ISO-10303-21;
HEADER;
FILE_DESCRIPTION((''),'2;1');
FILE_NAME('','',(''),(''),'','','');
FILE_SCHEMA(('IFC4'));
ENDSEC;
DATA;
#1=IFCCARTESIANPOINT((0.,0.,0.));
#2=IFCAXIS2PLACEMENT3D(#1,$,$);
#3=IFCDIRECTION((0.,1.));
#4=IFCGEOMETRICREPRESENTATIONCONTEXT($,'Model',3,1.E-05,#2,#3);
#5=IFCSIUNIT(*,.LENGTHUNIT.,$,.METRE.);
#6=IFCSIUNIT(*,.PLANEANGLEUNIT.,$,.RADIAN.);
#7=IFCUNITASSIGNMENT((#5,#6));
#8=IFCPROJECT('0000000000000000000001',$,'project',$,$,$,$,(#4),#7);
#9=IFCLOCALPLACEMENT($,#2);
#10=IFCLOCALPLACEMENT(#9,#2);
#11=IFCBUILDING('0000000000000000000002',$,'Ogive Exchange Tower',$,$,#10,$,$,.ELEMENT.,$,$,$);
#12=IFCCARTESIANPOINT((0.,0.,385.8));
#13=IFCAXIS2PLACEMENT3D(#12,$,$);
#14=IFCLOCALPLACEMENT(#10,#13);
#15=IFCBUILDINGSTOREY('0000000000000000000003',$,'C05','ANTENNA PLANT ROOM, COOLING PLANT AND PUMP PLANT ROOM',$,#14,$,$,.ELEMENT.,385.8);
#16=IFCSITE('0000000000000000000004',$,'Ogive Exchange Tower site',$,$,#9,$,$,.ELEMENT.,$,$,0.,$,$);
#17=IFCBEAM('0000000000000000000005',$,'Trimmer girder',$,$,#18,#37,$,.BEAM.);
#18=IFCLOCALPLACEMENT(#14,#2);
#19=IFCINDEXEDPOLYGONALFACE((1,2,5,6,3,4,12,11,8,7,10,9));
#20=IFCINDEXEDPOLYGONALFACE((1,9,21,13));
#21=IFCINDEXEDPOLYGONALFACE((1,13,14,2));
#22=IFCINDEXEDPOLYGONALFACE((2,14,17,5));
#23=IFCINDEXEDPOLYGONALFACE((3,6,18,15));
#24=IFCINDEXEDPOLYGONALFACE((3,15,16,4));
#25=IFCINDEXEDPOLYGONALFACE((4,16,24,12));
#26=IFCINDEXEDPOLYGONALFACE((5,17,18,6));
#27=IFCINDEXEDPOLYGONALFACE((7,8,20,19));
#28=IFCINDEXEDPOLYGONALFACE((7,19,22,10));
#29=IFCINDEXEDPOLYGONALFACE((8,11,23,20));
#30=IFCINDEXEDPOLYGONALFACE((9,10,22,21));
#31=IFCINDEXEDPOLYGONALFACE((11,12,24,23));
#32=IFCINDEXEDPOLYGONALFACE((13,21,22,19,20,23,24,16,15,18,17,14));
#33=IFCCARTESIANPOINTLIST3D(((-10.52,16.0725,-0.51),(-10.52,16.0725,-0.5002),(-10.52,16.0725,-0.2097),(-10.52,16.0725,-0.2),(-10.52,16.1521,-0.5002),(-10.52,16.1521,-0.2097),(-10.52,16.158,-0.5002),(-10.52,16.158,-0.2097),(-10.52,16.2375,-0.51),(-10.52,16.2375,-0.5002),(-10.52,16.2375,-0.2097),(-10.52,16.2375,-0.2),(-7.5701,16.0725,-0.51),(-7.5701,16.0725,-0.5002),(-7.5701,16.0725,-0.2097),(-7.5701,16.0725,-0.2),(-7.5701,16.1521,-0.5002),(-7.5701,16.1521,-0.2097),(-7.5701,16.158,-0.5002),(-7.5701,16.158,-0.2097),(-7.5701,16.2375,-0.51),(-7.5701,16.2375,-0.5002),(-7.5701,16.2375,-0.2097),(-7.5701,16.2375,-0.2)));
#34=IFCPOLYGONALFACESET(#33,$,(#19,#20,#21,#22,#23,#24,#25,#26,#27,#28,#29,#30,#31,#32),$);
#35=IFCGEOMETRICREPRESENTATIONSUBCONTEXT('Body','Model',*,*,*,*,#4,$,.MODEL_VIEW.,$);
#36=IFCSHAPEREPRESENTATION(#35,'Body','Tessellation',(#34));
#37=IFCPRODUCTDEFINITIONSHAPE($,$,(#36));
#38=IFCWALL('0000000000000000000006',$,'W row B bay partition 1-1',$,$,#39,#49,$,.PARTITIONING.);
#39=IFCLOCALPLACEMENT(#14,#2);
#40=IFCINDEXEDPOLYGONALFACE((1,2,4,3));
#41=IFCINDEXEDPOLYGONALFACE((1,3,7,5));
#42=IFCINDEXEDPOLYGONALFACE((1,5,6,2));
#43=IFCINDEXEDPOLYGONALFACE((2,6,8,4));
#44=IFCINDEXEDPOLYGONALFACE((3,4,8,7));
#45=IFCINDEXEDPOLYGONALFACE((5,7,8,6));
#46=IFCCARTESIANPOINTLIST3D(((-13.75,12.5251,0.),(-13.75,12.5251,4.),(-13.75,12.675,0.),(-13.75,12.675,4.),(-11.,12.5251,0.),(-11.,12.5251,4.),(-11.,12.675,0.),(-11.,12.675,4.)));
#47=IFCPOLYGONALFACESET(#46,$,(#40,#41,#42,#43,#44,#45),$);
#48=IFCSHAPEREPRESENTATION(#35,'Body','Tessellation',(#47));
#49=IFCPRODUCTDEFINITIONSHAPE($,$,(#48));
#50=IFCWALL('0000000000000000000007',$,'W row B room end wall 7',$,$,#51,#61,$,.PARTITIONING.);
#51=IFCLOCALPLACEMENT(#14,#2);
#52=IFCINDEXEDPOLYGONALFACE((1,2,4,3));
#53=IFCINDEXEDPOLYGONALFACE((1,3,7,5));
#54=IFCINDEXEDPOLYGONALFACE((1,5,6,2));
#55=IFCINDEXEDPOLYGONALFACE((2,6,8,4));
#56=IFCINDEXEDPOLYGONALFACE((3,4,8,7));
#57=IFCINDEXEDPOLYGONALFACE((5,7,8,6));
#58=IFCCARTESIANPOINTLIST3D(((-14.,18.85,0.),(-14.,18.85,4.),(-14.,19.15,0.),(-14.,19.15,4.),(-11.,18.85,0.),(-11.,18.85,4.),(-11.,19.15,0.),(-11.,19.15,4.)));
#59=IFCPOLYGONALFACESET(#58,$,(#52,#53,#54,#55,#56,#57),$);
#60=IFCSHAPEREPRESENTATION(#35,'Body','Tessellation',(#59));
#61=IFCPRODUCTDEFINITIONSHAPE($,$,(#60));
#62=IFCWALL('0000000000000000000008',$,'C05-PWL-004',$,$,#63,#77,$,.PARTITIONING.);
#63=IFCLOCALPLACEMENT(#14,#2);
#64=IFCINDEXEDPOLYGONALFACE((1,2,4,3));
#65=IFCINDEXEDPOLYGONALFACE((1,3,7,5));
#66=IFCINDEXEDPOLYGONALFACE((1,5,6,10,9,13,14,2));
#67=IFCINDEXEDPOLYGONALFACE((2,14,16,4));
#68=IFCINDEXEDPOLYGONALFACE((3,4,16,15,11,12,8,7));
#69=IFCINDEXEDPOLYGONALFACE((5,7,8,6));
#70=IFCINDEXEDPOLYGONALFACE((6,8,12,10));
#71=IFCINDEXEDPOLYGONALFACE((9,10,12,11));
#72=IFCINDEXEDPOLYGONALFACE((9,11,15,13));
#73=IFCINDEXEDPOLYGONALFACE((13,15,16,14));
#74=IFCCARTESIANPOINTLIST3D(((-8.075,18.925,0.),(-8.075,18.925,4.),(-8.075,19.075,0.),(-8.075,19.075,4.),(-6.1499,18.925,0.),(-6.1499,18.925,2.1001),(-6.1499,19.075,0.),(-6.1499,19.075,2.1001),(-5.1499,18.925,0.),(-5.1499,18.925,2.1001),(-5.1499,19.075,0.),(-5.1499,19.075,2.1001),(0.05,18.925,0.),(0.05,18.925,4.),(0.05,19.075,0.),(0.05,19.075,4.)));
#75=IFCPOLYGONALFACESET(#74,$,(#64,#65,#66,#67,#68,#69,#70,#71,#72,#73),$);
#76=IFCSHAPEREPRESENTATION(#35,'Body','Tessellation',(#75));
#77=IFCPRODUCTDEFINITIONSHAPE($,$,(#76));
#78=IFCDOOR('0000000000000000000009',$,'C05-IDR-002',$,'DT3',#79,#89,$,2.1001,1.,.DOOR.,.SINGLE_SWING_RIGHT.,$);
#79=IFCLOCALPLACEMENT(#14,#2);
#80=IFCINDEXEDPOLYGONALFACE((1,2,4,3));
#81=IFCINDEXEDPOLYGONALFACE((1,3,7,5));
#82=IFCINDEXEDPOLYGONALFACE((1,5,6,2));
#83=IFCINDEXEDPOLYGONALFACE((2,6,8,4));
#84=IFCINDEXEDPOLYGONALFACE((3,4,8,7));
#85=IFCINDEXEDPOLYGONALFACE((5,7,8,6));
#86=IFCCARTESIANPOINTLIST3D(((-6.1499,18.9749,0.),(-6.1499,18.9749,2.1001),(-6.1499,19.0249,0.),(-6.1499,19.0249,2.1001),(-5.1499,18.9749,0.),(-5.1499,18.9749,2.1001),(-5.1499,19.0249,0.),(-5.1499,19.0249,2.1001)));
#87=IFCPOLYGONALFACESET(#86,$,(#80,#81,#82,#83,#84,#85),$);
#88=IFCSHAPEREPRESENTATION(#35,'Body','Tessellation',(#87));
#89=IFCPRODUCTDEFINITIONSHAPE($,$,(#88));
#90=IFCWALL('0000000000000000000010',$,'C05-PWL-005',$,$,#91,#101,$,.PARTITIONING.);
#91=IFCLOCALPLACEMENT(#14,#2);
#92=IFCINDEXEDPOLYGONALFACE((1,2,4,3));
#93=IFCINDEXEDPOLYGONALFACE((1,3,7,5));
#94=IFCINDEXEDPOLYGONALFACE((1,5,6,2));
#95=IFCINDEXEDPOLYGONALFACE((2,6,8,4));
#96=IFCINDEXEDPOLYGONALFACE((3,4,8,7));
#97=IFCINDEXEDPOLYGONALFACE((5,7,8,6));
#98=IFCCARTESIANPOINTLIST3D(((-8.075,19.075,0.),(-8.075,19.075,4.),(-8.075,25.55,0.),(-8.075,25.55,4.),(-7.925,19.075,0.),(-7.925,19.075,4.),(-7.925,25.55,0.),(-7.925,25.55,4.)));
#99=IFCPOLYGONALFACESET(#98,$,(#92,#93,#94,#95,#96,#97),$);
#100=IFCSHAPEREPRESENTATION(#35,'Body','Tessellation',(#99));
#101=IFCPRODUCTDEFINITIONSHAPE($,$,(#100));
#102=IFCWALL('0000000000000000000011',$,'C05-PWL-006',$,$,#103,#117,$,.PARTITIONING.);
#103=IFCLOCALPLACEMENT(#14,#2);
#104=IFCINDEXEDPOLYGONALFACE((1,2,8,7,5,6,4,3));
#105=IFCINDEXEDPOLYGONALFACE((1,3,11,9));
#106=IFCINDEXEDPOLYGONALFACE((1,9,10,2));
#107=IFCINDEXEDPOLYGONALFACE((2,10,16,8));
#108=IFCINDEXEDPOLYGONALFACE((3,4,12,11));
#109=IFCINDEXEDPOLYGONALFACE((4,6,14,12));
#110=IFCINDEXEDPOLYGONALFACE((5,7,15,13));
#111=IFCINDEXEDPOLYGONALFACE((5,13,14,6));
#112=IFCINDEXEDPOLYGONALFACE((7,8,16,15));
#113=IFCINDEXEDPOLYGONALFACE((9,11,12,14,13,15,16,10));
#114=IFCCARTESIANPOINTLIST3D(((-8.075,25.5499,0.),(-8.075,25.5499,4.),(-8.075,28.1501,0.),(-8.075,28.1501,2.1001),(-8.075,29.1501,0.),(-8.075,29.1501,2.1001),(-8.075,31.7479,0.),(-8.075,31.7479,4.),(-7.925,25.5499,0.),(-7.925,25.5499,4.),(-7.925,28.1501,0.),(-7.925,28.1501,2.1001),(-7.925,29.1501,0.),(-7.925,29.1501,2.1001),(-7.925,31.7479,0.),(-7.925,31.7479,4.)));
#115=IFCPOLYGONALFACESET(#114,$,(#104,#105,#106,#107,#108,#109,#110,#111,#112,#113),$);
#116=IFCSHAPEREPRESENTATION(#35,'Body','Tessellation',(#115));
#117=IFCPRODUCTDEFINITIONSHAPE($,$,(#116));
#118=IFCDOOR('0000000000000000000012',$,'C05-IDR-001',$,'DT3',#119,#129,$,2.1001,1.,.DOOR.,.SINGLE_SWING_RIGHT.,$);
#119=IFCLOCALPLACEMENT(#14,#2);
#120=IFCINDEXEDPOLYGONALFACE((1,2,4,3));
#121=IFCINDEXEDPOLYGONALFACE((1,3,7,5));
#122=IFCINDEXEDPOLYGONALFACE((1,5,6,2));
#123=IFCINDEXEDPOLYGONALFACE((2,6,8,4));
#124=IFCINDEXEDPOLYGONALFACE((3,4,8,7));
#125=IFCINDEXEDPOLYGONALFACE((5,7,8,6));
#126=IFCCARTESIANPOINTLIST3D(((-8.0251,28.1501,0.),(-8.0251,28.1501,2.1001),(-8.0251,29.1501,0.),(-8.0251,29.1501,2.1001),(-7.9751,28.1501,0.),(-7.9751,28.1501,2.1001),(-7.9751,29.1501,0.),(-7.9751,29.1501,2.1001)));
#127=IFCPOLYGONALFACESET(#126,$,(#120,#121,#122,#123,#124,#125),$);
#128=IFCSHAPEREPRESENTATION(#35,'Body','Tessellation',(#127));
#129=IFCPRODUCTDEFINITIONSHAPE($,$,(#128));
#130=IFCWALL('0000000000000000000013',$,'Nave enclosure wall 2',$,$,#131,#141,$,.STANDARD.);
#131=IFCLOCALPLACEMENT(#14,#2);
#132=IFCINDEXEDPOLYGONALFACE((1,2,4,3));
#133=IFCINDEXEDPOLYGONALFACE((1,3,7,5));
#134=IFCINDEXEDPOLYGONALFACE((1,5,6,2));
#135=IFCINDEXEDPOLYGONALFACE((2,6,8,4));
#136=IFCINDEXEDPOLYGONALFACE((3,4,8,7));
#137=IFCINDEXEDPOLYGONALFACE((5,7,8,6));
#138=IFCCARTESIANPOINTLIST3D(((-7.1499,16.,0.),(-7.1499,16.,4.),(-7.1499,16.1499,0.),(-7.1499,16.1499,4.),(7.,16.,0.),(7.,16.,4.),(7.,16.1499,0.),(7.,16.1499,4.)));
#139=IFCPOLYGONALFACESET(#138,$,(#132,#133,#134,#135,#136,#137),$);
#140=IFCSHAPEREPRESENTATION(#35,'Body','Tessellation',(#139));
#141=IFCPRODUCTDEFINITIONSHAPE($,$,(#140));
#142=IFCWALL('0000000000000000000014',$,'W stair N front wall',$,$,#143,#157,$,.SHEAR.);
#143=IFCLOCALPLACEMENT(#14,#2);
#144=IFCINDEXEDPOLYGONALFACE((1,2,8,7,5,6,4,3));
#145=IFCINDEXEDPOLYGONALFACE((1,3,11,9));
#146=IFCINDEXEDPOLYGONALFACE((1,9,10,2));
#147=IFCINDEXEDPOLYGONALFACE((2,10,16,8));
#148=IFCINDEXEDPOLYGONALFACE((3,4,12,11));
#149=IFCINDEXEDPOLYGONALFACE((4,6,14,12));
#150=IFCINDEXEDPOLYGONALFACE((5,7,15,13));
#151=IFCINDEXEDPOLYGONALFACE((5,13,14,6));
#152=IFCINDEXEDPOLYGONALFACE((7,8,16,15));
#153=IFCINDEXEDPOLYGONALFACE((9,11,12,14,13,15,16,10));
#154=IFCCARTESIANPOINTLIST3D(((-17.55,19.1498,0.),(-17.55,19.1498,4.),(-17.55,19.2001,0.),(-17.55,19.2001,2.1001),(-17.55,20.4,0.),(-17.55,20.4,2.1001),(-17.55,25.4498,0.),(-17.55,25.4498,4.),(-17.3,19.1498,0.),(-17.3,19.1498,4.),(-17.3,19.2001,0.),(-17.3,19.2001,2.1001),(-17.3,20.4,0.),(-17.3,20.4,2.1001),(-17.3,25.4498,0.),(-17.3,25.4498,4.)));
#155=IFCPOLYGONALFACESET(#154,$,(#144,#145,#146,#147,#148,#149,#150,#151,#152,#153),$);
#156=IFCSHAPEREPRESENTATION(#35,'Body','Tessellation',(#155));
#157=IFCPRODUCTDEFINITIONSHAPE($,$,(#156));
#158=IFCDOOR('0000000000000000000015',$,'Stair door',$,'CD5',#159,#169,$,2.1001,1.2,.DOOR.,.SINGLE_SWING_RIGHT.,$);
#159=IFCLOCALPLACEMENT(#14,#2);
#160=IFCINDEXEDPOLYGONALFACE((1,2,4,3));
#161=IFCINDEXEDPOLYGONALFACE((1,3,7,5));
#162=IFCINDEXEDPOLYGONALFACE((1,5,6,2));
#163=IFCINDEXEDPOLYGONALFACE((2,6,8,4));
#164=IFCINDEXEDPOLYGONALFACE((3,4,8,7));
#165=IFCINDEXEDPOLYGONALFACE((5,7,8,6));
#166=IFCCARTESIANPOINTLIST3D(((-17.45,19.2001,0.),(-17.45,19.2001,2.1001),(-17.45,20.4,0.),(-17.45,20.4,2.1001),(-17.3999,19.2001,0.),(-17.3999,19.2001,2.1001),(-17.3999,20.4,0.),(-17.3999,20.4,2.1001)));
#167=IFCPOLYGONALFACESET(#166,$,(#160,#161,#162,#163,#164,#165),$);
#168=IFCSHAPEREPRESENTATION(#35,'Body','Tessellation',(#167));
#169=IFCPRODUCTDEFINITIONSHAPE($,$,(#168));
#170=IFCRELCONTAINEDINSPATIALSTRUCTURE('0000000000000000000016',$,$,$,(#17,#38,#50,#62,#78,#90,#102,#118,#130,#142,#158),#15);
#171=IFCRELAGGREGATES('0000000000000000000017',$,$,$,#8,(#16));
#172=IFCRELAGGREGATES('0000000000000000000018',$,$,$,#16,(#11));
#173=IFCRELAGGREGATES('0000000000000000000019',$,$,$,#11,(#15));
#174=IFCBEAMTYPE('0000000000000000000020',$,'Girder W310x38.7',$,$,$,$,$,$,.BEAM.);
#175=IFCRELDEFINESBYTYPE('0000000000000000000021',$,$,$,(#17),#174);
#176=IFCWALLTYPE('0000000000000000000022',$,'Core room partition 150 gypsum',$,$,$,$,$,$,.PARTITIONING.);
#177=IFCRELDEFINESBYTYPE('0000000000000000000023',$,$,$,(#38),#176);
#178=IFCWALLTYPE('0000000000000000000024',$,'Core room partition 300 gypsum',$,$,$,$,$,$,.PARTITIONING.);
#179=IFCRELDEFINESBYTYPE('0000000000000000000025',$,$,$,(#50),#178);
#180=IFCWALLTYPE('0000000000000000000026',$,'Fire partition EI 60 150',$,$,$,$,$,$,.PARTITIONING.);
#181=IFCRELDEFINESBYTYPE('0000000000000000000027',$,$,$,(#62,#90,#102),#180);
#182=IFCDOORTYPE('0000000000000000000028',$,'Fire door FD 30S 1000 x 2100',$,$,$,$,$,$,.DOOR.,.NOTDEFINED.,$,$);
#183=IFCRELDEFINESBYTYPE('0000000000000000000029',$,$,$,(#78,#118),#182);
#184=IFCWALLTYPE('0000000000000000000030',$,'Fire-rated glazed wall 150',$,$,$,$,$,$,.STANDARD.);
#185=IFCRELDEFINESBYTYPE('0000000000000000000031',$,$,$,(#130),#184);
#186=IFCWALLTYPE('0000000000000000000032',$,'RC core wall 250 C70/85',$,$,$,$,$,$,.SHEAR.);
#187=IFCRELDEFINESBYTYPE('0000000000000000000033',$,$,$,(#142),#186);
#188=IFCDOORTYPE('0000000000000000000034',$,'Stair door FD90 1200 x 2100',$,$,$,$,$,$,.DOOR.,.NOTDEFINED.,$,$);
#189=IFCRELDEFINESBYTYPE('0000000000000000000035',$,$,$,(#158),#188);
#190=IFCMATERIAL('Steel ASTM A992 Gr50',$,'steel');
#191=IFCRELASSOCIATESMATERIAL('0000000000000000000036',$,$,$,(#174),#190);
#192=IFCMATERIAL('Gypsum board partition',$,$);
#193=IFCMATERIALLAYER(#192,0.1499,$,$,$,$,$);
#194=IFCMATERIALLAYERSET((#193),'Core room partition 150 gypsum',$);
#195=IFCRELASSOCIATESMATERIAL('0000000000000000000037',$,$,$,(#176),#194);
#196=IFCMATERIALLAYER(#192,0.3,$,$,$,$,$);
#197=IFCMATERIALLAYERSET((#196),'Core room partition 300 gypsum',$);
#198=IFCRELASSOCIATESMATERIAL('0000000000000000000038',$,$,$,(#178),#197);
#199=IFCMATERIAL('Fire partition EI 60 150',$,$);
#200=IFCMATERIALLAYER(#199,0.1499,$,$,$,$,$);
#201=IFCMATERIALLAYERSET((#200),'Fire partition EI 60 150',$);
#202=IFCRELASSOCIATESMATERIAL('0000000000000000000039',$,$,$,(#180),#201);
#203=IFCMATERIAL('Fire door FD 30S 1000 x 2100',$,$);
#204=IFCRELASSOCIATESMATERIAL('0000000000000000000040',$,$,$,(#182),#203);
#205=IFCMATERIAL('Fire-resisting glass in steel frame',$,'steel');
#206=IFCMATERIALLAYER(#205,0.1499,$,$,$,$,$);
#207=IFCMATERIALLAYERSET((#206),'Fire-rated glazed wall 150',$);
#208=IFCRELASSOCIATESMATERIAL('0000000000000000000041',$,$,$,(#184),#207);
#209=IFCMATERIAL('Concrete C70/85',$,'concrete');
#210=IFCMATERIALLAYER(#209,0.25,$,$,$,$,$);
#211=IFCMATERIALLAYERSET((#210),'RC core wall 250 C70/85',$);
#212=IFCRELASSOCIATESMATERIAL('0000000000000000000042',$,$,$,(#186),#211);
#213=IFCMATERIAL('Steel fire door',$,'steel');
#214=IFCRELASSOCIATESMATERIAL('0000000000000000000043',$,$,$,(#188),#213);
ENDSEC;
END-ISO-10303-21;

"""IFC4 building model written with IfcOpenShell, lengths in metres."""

from ifc_helpers import new_model, si_unit, direction, frame, frame_2d, origin, origin_2d, place, context, subcontext, project, spatial, rectangle, i_section, extrude, material, layer, layer_set, material_profile, profile_set, type_object, element, fill, save


model = new_model("IFC4")

# Units and contexts
model_context = context("Model", 3, precision=1e-05, world=origin(), true_north=direction((0.0, 1.0)))
body_context = subcontext(model_context, "Body", "Model", "MODEL_VIEW")
ifc_project = project(units=[si_unit("LENGTHUNIT", "METRE"), si_unit("PLANEANGLEUNIT", "RADIAN")], contexts=[model_context])

# Site, building, storey
site_placement = place(None, origin())
site = spatial("IfcSite", under=ifc_project, at=site_placement, Name="Ogive Exchange Tower site", CompositionType="ELEMENT", RefElevation=0.0)
building_placement = place(site_placement, origin())
building = spatial("IfcBuilding", under=site, at=building_placement, Name="Ogive Exchange Tower", CompositionType="ELEMENT")
storey_placement = place(building_placement, frame((0.0, 0.0, 385.8)))
storey = spatial("IfcBuildingStorey", under=building, at=storey_placement, Name="C05", Description="ANTENNA PLANT ROOM, COOLING PLANT AND PUMP PLANT ROOM", CompositionType="ELEMENT", Elevation=385.8)

# Beam
ifc_material_1 = material(Name="Steel ASTM A992 Gr50", Category="steel")
ifc_material_profile_1 = material_profile(ifc_material_1, i_section(OverallWidth=0.165, OverallDepth=0.3101, WebThickness=0.0059, FlangeThickness=0.0098, at=origin_2d()), Name="W310x38.7")
ifc_profile_set_1 = profile_set([ifc_material_profile_1], Name="Steel ASTM A992 Gr50")
beam_type_1 = type_object("IfcBeamType", Name="Girder W310x38.7", PredefinedType="BEAM", material=ifc_profile_set_1)
beam_1_placement = place(storey_placement, frame((-10.52, 16.155, -0.355), z_axis=(1.0, 0.0, 0.0), x_axis=(0.0, 1.0, 0.0)))
element("IfcBeam", 1, at=beam_1_placement, inside=storey, type_object=beam_type_1, Name="Trimmer girder", PredefinedType="BEAM", context=body_context, shape_type="SweptSolid", body=[
    extrude(i_section(OverallWidth=0.165, OverallDepth=0.3101, WebThickness=0.0059, FlangeThickness=0.0098, at=origin_2d()), origin(), (0.0, 0.0, 1.0), 2.95),
])

# Walls
ifc_material_2 = material(Name="Gypsum board partition")
ifc_layer_1 = layer(ifc_material_2, 0.1499)
ifc_layer_set_1 = layer_set([ifc_layer_1], Name="Core room partition 150 gypsum")
wall_type_1 = type_object("IfcWallType", Name="Core room partition 150 gypsum", PredefinedType="PARTITIONING", material=ifc_layer_set_1)
wall_1_placement = place(storey_placement, frame((-13.75, 12.6001, 0.0), z_axis=(0.0, 0.0, 1.0), x_axis=(1.0, 0.0, 0.0)))
element("IfcWall", 2, at=wall_1_placement, inside=storey, type_object=wall_type_1, Name="W row B bay partition 1-1", PredefinedType="PARTITIONING", context=body_context, shape_type="SweptSolid", body=[
    extrude(rectangle(XDim=2.75, YDim=0.1499, at=frame_2d((1.375, 0.0))), origin(), (0.0, 0.0, 1.0), 4.0),
])
ifc_layer_2 = layer(ifc_material_2, 0.3)
ifc_layer_set_2 = layer_set([ifc_layer_2], Name="Core room partition 300 gypsum")
wall_type_2 = type_object("IfcWallType", Name="Core room partition 300 gypsum", PredefinedType="PARTITIONING", material=ifc_layer_set_2)
wall_2_placement = place(storey_placement, frame((-14.0, 19.0, 0.0), z_axis=(0.0, 0.0, 1.0), x_axis=(1.0, 0.0, 0.0)))
element("IfcWall", 3, at=wall_2_placement, inside=storey, type_object=wall_type_2, Name="W row B room end wall 7", PredefinedType="PARTITIONING", context=body_context, shape_type="SweptSolid", body=[
    extrude(rectangle(XDim=3.0, YDim=0.3, at=frame_2d((1.5, 0.0))), origin(), (0.0, 0.0, 1.0), 4.0),
])

# Wall, opening, door
ifc_material_3 = material(Name="Fire partition EI 60 150")
ifc_layer_3 = layer(ifc_material_3, 0.1499)
ifc_layer_set_3 = layer_set([ifc_layer_3], Name="Fire partition EI 60 150")
wall_type_3 = type_object("IfcWallType", Name="Fire partition EI 60 150", PredefinedType="PARTITIONING", material=ifc_layer_set_3)
wall_3_placement = place(storey_placement, frame((-8.075, 19.0, 0.0), z_axis=(0.0, 0.0, 1.0), x_axis=(1.0, 0.0, 0.0)))
wall_3 = element("IfcWall", 4, at=wall_3_placement, inside=storey, type_object=wall_type_3, Name="C05-PWL-004", PredefinedType="PARTITIONING", context=body_context, shape_type="SweptSolid", body=[
    extrude(rectangle(XDim=8.125, YDim=0.1499, at=frame_2d((4.0625, 0.0))), origin(), (0.0, 0.0, 1.0), 4.0),
])
opening_1_placement = place(wall_3_placement, frame((1.925, 0.0, 0.0)))
opening_1 = element("IfcOpeningElement", 5, at=opening_1_placement, cuts=wall_3, PredefinedType="OPENING", context=body_context, shape_type="SweptSolid", body=[
    extrude(rectangle(XDim=1.0, YDim=2.1001, at=frame_2d((0.5, 1.05))), frame((0.0, 0.085, 0.0), z_axis=(0.0, -1.0, 0.0), x_axis=(1.0, 0.0, 0.0)), (0.0, 0.0, 1.0), 0.1699),
])
ifc_material_4 = material(Name="Fire door FD 30S 1000 x 2100")
door_type_1 = type_object("IfcDoorType", Name="Fire door FD 30S 1000 x 2100", OperationType="NOTDEFINED", PredefinedType="DOOR", material=ifc_material_4)
door_1_placement = place(opening_1_placement, origin())
door_1 = element("IfcDoor", 6, at=door_1_placement, inside=storey, type_object=door_type_1, Name="C05-IDR-002", ObjectType="DT3", OperationType="SINGLE_SWING_RIGHT", OverallHeight=2.1001, OverallWidth=1.0, PredefinedType="DOOR", context=body_context, shape_type="SweptSolid", body=[
    extrude(rectangle(XDim=1.0, YDim=2.1001, at=frame_2d((0.5, 1.05))), frame((0.0, 0.0249, 0.0), z_axis=(0.0, -1.0, 0.0), x_axis=(1.0, 0.0, 0.0)), (0.0, 0.0, 1.0), 0.05),
])
fill(opening_1, door_1)

# Wall
wall_4_placement = place(storey_placement, frame((-8.0, 25.55, 0.0), z_axis=(0.0, 0.0, 1.0), x_axis=(0.0, -1.0, 0.0)))
element("IfcWall", 7, at=wall_4_placement, inside=storey, type_object=wall_type_3, Name="C05-PWL-005", PredefinedType="PARTITIONING", context=body_context, shape_type="SweptSolid", body=[
    extrude(rectangle(XDim=6.4751, YDim=0.1499, at=frame_2d((3.2375, 0.0))), origin(), (0.0, 0.0, 1.0), 4.0),
])

# Wall, opening, door
wall_5_placement = place(storey_placement, frame((-8.0, 31.748, 0.0), z_axis=(0.0, 0.0, 1.0), x_axis=(0.0, -1.0, 0.0)))
wall_5 = element("IfcWall", 8, at=wall_5_placement, inside=storey, type_object=wall_type_3, Name="C05-PWL-006", PredefinedType="PARTITIONING", context=body_context, shape_type="SweptSolid", body=[
    extrude(rectangle(XDim=6.198, YDim=0.1499, at=frame_2d((3.0991, 0.0))), origin(), (0.0, 0.0, 1.0), 4.0),
])
opening_2_placement = place(wall_5_placement, frame((2.5979, 0.0, 0.0)))
opening_2 = element("IfcOpeningElement", 9, at=opening_2_placement, cuts=wall_5, PredefinedType="OPENING", context=body_context, shape_type="SweptSolid", body=[
    extrude(rectangle(XDim=1.0, YDim=2.1001, at=frame_2d((0.5, 1.05))), frame((0.0, 0.085, 0.0), z_axis=(0.0, -1.0, 0.0), x_axis=(1.0, 0.0, 0.0)), (0.0, 0.0, 1.0), 0.1699),
])
door_2_placement = place(opening_2_placement, origin())
door_2 = element("IfcDoor", 10, at=door_2_placement, inside=storey, type_object=door_type_1, Name="C05-IDR-001", ObjectType="DT3", OperationType="SINGLE_SWING_RIGHT", OverallHeight=2.1001, OverallWidth=1.0, PredefinedType="DOOR", context=body_context, shape_type="SweptSolid", body=[
    extrude(rectangle(XDim=1.0, YDim=2.1001, at=frame_2d((0.5, 1.05))), frame((0.0, 0.0249, 0.0), z_axis=(0.0, -1.0, 0.0), x_axis=(1.0, 0.0, 0.0)), (0.0, 0.0, 1.0), 0.05),
])
fill(opening_2, door_2)

# Wall
ifc_material_5 = material(Name="Fire-resisting glass in steel frame", Category="steel")
ifc_layer_4 = layer(ifc_material_5, 0.1499)
ifc_layer_set_4 = layer_set([ifc_layer_4], Name="Fire-rated glazed wall 150")
wall_type_4 = type_object("IfcWallType", Name="Fire-rated glazed wall 150", PredefinedType="STANDARD", material=ifc_layer_set_4)
wall_6_placement = place(storey_placement, frame((-7.1499, 16.075, 0.0), z_axis=(0.0, 0.0, 1.0), x_axis=(1.0, 0.0, 0.0)))
element("IfcWall", 11, at=wall_6_placement, inside=storey, type_object=wall_type_4, Name="Nave enclosure wall 2", PredefinedType="STANDARD", context=body_context, shape_type="SweptSolid", body=[
    extrude(rectangle(XDim=14.1499, YDim=0.1499, at=frame_2d((7.075, 0.0))), origin(), (0.0, 0.0, 1.0), 4.0),
])

# Wall, opening, door
ifc_material_6 = material(Name="Concrete C70/85", Category="concrete")
ifc_layer_5 = layer(ifc_material_6, 0.25)
ifc_layer_set_5 = layer_set([ifc_layer_5], Name="RC core wall 250 C70/85")
wall_type_5 = type_object("IfcWallType", Name="RC core wall 250 C70/85", PredefinedType="SHEAR", material=ifc_layer_set_5)
wall_7_placement = place(storey_placement, frame((-17.425, 19.1499, 0.0), z_axis=(0.0, 0.0, 1.0), x_axis=(0.0, 1.0, 0.0)))
wall_7 = element("IfcWall", 12, at=wall_7_placement, inside=storey, type_object=wall_type_5, Name="W stair N front wall", PredefinedType="SHEAR", context=body_context, shape_type="SweptSolid", body=[
    extrude(rectangle(XDim=6.3, YDim=0.25, at=frame_2d((3.1499, 0.0))), origin(), (0.0, 0.0, 1.0), 4.0),
])
opening_3_placement = place(wall_7_placement, frame((0.05, 0.0, 0.0)))
opening_3 = element("IfcOpeningElement", 13, at=opening_3_placement, cuts=wall_7, PredefinedType="OPENING", context=body_context, shape_type="SweptSolid", body=[
    extrude(rectangle(XDim=1.2, YDim=2.1001, at=frame_2d((0.6001, 1.05))), frame((0.0, 0.135, 0.0), z_axis=(0.0, -1.0, 0.0), x_axis=(1.0, 0.0, 0.0)), (0.0, 0.0, 1.0), 0.27),
])
ifc_material_7 = material(Name="Steel fire door", Category="steel")
door_type_2 = type_object("IfcDoorType", Name="Stair door FD90 1200 x 2100", OperationType="NOTDEFINED", PredefinedType="DOOR", material=ifc_material_7)
door_3_placement = place(opening_3_placement, origin())
door_3 = element("IfcDoor", 14, at=door_3_placement, inside=storey, type_object=door_type_2, Name="Stair door", ObjectType="CD5", OperationType="SINGLE_SWING_RIGHT", OverallHeight=2.1001, OverallWidth=1.2, PredefinedType="DOOR", context=body_context, shape_type="SweptSolid", body=[
    extrude(rectangle(XDim=1.2, YDim=2.1001, at=frame_2d((0.6001, 1.05))), frame((0.0, 0.0249, 0.0), z_axis=(0.0, -1.0, 0.0), x_axis=(1.0, 0.0, 0.0)), (0.0, 0.0, 1.0), 0.05),
])
fill(opening_3, door_3)

save(model, "model.ifc")
